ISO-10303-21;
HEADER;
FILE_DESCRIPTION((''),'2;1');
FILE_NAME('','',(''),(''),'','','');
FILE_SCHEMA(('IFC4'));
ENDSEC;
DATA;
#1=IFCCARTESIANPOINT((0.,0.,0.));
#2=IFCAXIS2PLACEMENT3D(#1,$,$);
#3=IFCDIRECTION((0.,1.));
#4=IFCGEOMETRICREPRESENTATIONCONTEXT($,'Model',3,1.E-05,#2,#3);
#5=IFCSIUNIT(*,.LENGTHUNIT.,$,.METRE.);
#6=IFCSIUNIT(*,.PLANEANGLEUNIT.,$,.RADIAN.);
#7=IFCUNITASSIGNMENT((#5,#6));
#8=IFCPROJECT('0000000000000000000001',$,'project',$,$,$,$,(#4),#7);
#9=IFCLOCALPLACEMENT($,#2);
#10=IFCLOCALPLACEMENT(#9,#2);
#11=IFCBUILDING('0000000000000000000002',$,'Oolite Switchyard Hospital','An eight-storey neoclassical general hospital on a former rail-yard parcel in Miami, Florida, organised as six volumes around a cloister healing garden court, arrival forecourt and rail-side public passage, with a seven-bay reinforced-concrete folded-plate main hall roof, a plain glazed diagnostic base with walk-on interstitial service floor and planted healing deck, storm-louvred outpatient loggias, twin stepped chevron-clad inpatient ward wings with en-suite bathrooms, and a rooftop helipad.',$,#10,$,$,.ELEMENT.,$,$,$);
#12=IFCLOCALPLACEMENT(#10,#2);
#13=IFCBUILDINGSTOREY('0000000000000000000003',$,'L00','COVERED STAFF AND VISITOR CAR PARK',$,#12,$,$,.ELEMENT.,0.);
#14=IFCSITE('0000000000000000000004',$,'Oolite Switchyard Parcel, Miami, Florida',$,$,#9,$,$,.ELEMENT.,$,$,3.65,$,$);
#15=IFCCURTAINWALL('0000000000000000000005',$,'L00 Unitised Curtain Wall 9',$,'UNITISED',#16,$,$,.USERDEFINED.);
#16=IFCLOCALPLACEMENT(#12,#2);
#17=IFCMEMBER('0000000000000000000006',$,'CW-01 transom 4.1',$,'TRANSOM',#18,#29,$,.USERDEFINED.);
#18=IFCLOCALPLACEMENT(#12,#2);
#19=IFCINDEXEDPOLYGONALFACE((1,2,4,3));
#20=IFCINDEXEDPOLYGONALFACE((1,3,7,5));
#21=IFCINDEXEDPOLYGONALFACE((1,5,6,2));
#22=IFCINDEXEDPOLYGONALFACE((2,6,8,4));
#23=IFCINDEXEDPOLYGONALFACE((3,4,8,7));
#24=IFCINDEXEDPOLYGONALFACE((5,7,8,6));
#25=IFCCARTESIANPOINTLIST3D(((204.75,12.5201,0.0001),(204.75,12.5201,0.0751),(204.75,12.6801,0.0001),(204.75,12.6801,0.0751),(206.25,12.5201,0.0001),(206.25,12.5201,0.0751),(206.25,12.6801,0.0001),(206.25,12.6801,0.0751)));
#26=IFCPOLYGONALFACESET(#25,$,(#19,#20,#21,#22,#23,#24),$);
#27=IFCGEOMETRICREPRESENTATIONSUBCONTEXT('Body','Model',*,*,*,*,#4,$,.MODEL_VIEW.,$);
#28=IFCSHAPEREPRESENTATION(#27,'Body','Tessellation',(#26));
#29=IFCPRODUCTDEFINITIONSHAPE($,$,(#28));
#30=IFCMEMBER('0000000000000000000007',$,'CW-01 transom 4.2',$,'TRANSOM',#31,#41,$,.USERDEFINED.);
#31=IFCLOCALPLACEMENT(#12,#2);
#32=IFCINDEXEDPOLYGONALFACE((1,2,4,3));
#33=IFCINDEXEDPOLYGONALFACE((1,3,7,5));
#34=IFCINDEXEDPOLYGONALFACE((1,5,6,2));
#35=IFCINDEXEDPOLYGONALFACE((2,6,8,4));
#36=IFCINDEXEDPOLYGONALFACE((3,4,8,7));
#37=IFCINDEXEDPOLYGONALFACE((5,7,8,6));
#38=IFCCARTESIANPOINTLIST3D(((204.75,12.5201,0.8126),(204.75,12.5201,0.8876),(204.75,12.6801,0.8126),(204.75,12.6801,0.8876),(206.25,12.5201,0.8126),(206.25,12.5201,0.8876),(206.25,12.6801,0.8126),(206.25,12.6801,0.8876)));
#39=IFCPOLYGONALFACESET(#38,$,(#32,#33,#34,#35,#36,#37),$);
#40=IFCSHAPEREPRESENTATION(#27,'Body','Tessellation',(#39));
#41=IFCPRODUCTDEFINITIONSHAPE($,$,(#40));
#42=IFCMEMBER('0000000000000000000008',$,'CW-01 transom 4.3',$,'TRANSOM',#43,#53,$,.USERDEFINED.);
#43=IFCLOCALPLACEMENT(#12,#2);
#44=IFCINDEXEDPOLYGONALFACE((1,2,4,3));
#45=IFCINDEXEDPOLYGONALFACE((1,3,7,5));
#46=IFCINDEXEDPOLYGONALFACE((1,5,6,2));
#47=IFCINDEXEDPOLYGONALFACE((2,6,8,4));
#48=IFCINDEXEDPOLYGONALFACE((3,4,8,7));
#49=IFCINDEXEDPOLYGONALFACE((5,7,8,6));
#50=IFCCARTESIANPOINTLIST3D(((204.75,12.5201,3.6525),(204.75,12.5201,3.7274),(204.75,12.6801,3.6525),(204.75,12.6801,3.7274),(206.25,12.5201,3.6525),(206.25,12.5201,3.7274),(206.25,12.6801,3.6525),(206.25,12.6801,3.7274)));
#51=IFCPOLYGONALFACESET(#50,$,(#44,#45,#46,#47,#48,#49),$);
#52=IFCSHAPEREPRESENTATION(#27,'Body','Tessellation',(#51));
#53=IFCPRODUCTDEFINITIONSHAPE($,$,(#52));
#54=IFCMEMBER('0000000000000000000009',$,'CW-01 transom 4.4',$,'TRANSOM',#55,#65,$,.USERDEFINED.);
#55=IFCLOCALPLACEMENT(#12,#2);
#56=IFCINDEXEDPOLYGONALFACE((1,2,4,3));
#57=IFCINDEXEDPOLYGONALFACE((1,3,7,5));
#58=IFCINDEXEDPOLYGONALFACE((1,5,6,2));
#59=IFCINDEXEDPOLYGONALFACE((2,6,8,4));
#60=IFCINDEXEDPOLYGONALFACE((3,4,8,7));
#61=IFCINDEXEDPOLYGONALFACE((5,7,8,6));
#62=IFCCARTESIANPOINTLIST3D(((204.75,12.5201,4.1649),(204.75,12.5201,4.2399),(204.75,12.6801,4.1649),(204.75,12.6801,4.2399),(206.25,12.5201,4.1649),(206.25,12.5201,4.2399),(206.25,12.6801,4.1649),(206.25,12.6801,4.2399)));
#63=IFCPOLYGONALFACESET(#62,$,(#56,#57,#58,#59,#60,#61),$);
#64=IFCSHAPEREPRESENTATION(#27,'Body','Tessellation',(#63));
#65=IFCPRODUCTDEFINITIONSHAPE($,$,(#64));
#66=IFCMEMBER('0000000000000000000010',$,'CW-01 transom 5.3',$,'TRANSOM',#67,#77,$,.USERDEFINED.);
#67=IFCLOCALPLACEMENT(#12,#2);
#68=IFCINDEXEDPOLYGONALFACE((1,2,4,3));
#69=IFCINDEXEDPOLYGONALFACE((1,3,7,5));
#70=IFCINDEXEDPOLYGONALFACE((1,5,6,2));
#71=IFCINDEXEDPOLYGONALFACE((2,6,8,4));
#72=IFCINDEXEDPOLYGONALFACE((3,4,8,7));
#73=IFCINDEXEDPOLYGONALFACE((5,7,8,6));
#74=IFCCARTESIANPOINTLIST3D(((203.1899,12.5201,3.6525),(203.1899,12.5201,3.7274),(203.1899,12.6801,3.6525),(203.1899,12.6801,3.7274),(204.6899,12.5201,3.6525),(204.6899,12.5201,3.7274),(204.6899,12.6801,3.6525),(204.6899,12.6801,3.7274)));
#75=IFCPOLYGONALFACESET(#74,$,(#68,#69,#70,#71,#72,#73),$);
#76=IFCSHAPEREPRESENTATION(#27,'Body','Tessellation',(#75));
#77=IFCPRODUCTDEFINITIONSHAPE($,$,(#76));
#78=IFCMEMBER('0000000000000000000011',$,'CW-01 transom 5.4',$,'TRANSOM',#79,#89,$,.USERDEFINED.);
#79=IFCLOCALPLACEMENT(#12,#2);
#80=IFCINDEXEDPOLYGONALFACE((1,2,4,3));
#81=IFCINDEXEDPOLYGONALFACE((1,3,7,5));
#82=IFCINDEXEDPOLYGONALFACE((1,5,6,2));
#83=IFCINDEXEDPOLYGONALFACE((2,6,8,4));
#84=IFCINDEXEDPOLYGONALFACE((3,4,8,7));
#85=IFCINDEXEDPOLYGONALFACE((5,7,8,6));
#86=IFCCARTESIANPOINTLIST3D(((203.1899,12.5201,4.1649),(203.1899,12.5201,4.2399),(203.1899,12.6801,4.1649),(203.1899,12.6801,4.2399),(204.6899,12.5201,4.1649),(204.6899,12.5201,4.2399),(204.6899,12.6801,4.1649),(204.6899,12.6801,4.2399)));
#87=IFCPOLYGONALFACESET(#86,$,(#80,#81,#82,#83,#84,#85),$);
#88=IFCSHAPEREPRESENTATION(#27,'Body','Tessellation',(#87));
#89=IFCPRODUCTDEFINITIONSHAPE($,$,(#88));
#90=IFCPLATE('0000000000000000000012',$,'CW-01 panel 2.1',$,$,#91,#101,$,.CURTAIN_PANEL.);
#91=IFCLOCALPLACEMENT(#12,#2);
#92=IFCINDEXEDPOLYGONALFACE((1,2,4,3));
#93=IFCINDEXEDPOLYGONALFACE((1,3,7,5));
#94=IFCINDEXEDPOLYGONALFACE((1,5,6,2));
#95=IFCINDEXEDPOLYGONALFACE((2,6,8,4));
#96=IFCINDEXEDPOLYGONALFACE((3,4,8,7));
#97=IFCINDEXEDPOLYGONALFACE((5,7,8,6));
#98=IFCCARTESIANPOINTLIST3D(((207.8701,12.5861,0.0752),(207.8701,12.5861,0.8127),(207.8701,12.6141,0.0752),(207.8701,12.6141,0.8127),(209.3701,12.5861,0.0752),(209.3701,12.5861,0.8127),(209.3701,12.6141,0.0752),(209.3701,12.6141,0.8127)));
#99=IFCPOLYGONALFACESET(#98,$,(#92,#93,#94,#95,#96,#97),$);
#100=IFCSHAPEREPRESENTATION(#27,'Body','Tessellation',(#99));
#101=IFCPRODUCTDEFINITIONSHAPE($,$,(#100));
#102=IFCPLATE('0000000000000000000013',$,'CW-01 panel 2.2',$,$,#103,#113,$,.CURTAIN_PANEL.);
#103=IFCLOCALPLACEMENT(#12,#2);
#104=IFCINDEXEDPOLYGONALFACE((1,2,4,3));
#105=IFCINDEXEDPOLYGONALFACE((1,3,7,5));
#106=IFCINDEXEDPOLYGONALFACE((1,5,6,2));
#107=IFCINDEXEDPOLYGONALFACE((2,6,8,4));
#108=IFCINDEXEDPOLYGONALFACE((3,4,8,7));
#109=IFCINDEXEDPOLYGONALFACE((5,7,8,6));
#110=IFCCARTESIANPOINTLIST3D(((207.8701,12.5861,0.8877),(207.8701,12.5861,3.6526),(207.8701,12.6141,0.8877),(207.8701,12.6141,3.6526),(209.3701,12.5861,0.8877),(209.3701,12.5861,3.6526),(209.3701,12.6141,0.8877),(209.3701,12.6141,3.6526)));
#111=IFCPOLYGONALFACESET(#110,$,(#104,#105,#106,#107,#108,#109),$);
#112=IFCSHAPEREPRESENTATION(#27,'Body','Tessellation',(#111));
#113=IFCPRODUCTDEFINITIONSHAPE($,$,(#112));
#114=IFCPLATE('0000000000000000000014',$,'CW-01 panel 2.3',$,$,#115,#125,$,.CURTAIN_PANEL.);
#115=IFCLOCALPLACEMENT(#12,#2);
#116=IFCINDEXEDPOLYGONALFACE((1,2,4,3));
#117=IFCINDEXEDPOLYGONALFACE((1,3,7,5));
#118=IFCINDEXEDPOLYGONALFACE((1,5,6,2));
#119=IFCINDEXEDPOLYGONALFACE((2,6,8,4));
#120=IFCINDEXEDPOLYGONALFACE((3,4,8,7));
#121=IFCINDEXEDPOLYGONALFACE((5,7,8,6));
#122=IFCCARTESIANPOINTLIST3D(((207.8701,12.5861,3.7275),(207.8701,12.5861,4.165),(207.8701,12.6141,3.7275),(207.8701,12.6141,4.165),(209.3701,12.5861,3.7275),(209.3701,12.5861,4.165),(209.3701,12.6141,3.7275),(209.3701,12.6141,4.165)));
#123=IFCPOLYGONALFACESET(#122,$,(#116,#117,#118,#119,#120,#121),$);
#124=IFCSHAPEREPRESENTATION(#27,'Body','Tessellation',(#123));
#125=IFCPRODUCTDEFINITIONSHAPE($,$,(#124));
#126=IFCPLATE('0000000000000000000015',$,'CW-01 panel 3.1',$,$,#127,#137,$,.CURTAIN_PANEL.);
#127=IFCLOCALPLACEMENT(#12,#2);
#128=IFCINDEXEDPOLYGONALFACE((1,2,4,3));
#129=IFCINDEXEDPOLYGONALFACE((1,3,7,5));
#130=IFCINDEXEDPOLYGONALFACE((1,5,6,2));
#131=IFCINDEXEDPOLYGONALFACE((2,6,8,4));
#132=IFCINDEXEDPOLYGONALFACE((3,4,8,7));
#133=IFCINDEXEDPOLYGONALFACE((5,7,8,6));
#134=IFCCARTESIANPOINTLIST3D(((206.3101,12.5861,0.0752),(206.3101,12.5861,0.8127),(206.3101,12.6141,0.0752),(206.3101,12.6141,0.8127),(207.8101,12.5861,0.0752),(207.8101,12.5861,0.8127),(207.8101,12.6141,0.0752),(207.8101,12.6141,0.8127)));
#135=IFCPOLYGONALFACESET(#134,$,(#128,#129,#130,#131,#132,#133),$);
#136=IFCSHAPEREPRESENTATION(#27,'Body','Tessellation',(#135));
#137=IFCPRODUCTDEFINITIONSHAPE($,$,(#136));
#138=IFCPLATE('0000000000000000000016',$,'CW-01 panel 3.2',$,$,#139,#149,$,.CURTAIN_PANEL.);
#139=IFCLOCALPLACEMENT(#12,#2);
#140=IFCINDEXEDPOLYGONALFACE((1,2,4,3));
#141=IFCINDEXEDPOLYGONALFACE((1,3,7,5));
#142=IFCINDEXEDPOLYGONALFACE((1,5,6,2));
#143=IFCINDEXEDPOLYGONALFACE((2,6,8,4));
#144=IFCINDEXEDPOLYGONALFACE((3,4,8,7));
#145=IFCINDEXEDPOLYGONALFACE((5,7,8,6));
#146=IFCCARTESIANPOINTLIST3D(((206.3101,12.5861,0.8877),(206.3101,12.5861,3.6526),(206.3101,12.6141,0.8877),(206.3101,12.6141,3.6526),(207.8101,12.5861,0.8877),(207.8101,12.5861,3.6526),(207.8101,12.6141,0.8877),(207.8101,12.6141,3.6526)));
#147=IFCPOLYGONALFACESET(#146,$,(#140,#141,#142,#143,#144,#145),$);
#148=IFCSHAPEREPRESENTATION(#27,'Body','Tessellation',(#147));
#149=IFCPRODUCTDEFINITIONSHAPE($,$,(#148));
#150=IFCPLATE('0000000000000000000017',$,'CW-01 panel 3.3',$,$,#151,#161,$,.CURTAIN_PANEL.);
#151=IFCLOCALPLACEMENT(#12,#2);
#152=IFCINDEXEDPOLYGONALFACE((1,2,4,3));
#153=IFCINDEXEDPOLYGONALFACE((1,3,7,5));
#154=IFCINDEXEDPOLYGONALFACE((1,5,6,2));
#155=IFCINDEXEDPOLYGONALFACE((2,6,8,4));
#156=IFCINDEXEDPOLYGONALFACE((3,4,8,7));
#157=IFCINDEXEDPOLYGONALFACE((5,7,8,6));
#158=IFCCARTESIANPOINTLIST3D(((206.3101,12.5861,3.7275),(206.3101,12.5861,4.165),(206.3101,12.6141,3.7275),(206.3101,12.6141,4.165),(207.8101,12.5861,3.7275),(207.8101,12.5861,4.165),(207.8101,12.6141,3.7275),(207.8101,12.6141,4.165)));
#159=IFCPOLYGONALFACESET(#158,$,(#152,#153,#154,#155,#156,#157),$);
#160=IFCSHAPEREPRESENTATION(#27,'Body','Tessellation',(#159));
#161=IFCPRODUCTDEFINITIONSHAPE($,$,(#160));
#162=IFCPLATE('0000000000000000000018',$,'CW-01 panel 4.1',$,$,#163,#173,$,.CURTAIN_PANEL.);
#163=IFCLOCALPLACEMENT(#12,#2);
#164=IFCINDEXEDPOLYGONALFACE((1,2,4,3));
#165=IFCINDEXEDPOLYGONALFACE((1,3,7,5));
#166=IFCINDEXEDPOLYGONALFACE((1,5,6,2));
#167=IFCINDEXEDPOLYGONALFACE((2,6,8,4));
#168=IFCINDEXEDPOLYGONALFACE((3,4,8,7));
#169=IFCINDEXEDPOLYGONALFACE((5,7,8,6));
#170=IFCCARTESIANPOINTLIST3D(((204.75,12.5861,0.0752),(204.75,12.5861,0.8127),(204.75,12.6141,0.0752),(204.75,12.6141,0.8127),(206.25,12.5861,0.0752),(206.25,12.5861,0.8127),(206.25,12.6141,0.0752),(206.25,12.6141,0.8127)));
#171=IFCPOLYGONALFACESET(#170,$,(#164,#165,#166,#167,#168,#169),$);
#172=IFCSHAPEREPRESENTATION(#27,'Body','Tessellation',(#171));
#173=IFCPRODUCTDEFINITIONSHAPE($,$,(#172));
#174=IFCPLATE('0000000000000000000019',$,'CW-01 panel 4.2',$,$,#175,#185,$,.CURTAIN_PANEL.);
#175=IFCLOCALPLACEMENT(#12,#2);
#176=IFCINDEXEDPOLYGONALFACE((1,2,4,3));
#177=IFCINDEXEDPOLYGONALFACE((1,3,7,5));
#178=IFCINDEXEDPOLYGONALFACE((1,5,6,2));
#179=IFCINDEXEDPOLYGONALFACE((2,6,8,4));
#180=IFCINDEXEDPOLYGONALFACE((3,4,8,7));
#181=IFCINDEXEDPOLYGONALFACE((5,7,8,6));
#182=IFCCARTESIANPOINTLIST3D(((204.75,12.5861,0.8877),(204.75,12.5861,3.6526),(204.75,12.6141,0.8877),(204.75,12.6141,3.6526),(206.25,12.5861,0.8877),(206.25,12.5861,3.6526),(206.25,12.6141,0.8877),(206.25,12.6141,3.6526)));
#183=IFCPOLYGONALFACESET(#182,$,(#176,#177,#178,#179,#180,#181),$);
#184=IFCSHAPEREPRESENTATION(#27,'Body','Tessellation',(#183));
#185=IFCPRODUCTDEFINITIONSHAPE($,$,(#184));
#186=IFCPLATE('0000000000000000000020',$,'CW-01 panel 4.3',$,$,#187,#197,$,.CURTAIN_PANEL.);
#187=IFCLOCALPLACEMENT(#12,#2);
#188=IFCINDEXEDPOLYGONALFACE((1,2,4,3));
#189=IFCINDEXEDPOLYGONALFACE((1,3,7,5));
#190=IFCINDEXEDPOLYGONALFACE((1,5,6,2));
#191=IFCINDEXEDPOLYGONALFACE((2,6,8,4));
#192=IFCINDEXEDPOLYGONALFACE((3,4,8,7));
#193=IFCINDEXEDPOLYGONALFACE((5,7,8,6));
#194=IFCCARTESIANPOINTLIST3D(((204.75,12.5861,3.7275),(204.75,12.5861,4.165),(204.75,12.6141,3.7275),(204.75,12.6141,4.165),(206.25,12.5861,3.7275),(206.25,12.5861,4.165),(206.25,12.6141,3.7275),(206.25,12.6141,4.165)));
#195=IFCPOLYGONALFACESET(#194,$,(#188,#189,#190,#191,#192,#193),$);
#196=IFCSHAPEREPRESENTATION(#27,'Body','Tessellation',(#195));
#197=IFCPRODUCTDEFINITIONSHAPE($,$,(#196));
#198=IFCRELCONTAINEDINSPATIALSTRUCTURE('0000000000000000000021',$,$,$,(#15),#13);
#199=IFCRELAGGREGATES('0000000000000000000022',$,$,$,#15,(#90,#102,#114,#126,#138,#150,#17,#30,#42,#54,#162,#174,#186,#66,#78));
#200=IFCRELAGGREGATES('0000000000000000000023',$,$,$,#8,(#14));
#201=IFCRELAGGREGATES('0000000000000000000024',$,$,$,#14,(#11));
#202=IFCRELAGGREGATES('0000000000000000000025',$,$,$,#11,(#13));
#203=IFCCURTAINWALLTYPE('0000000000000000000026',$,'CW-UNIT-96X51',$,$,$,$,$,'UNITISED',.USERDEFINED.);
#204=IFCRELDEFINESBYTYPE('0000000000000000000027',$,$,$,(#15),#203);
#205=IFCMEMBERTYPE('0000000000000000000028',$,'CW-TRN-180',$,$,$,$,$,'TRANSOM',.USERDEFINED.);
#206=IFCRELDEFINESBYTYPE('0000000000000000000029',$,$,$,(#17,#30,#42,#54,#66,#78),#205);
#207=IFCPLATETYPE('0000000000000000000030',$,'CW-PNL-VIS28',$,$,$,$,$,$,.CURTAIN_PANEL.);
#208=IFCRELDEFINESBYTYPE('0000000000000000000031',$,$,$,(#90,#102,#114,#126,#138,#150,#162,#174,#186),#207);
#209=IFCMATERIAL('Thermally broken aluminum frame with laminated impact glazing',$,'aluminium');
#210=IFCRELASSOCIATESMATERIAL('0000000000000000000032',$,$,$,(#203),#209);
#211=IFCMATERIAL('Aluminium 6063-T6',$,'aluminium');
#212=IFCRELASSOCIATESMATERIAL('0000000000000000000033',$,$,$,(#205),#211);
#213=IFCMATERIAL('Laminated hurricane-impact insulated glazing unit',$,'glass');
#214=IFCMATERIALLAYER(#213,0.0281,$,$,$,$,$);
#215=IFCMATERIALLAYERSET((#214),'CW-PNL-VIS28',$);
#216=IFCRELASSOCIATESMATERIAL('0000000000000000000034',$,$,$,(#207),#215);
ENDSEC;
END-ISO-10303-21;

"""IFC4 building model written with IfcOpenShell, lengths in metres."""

from ifc_helpers import new_model, si_unit, direction, frame, origin, origin_2d, place, context, subcontext, project, spatial, rectangle, extrude, material, layer, layer_set, material_profile, profile_set, type_object, element, aggregate, save


model = new_model("IFC4")

# Units and contexts
model_context = context("Model", 3, precision=1e-05, world=origin(), true_north=direction((0.0, 1.0)))
body_context = subcontext(model_context, "Body", "Model", "MODEL_VIEW")
ifc_project = project(units=[si_unit("LENGTHUNIT", "METRE"), si_unit("PLANEANGLEUNIT", "RADIAN")], contexts=[model_context])

# Site, building, storey
site_placement = place(None, origin())
site = spatial("IfcSite", under=ifc_project, at=site_placement, Name="Oolite Switchyard Parcel, Miami, Florida", CompositionType="ELEMENT", RefElevation=3.65)
building_placement = place(site_placement, origin())
building = spatial("IfcBuilding", under=site, at=building_placement, Name="Oolite Switchyard Hospital", Description="An eight-storey neoclassical general hospital on a former rail-yard parcel in Miami, Florida, organised as six volumes around a cloister healing garden court, arrival forecourt and rail-side public passage, with a seven-bay reinforced-concrete folded-plate main hall roof, a plain glazed diagnostic base with walk-on interstitial service floor and planted healing deck, storm-louvred outpatient loggias, twin stepped chevron-clad inpatient ward wings with en-suite bathrooms, and a rooftop helipad.", CompositionType="ELEMENT")
storey_placement = place(building_placement, origin())
storey = spatial("IfcBuildingStorey", under=building, at=storey_placement, Name="L00", Description="COVERED STAFF AND VISITOR CAR PARK", CompositionType="ELEMENT", Elevation=0.0)

# Curtain wall, members, plates
ifc_material_1 = material(Name="Thermally broken aluminum frame with laminated impact glazing", Category="aluminium")
curtain_wall_type = type_object("IfcCurtainWallType", Name="CW-UNIT-96X51", ElementType="UNITISED", PredefinedType="USERDEFINED", material=ifc_material_1)
curtain_wall_placement = place(storey_placement, origin())
curtain_wall = element("IfcCurtainWall", 1, at=curtain_wall_placement, inside=storey, type_object=curtain_wall_type, Name="L00 Unitised Curtain Wall 9", ObjectType="UNITISED", PredefinedType="USERDEFINED")
ifc_material_2 = material(Name="Aluminium 6063-T6", Category="aluminium")
ifc_material_profile_1 = material_profile(ifc_material_2, rectangle(XDim=0.1599, YDim=0.075, at=origin_2d()), Name="CWT75X160")
ifc_profile_set_1 = profile_set([ifc_material_profile_1], Name="Aluminium 6063-T6")
member_type_1 = type_object("IfcMemberType", Name="CW-TRN-180", ElementType="TRANSOM", PredefinedType="USERDEFINED", material=ifc_profile_set_1)
member_1_placement = place(storey_placement, frame((206.25, 12.6001, 0.0376), z_axis=(-1.0, 0.0, 0.0), x_axis=(0.0, -1.0, 0.0)))
member_1 = element("IfcMember", 2, at=member_1_placement, type_object=member_type_1, Name="CW-01 transom 4.1", ObjectType="TRANSOM", PredefinedType="USERDEFINED", context=body_context, shape_type="SweptSolid", body=[
    extrude(rectangle(XDim=0.1599, YDim=0.075, at=origin_2d()), origin(), (0.0, 0.0, 1.0), 1.5),
])
member_2_placement = place(storey_placement, frame((206.25, 12.6001, 0.8501), z_axis=(-1.0, 0.0, 0.0), x_axis=(0.0, -1.0, 0.0)))
member_2 = element("IfcMember", 3, at=member_2_placement, type_object=member_type_1, Name="CW-01 transom 4.2", ObjectType="TRANSOM", PredefinedType="USERDEFINED", context=body_context, shape_type="SweptSolid", body=[
    extrude(rectangle(XDim=0.1599, YDim=0.075, at=origin_2d()), origin(), (0.0, 0.0, 1.0), 1.5),
])
member_3_placement = place(storey_placement, frame((206.25, 12.6001, 3.6899), z_axis=(-1.0, 0.0, 0.0), x_axis=(0.0, -1.0, 0.0)))
member_3 = element("IfcMember", 4, at=member_3_placement, type_object=member_type_1, Name="CW-01 transom 4.3", ObjectType="TRANSOM", PredefinedType="USERDEFINED", context=body_context, shape_type="SweptSolid", body=[
    extrude(rectangle(XDim=0.1599, YDim=0.075, at=origin_2d()), origin(), (0.0, 0.0, 1.0), 1.5),
])
member_4_placement = place(storey_placement, frame((206.25, 12.6001, 4.2024), z_axis=(-1.0, 0.0, 0.0), x_axis=(0.0, -1.0, 0.0)))
member_4 = element("IfcMember", 5, at=member_4_placement, type_object=member_type_1, Name="CW-01 transom 4.4", ObjectType="TRANSOM", PredefinedType="USERDEFINED", context=body_context, shape_type="SweptSolid", body=[
    extrude(rectangle(XDim=0.1599, YDim=0.075, at=origin_2d()), origin(), (0.0, 0.0, 1.0), 1.5),
])
member_5_placement = place(storey_placement, frame((204.6899, 12.6001, 3.6899), z_axis=(-1.0, 0.0, 0.0), x_axis=(0.0, -1.0, 0.0)))
member_5 = element("IfcMember", 6, at=member_5_placement, type_object=member_type_1, Name="CW-01 transom 5.3", ObjectType="TRANSOM", PredefinedType="USERDEFINED", context=body_context, shape_type="SweptSolid", body=[
    extrude(rectangle(XDim=0.1599, YDim=0.075, at=origin_2d()), origin(), (0.0, 0.0, 1.0), 1.5),
])
member_6_placement = place(storey_placement, frame((204.6899, 12.6001, 4.2024), z_axis=(-1.0, 0.0, 0.0), x_axis=(0.0, -1.0, 0.0)))
member_6 = element("IfcMember", 7, at=member_6_placement, type_object=member_type_1, Name="CW-01 transom 5.4", ObjectType="TRANSOM", PredefinedType="USERDEFINED", context=body_context, shape_type="SweptSolid", body=[
    extrude(rectangle(XDim=0.1599, YDim=0.075, at=origin_2d()), origin(), (0.0, 0.0, 1.0), 1.5),
])
ifc_material_3 = material(Name="Laminated hurricane-impact insulated glazing unit", Category="glass")
ifc_layer = layer(ifc_material_3, 0.0281)
ifc_layer_set = layer_set([ifc_layer], Name="CW-PNL-VIS28")
plate_type = type_object("IfcPlateType", Name="CW-PNL-VIS28", PredefinedType="CURTAIN_PANEL", material=ifc_layer_set)
plate_1_placement = place(storey_placement, frame((208.6201, 12.6001, 0.0752), z_axis=(0.0, 0.0, 1.0), x_axis=(-1.0, 0.0, 0.0)))
plate_1 = element("IfcPlate", 8, at=plate_1_placement, type_object=plate_type, Name="CW-01 panel 2.1", PredefinedType="CURTAIN_PANEL", context=body_context, shape_type="SweptSolid", body=[
    extrude(rectangle(XDim=1.5, YDim=0.0281, at=origin_2d()), origin(), (0.0, 0.0, 1.0), 0.7375),
])
plate_2_placement = place(storey_placement, frame((208.6201, 12.6001, 0.8877), z_axis=(0.0, 0.0, 1.0), x_axis=(-1.0, 0.0, 0.0)))
plate_2 = element("IfcPlate", 9, at=plate_2_placement, type_object=plate_type, Name="CW-01 panel 2.2", PredefinedType="CURTAIN_PANEL", context=body_context, shape_type="SweptSolid", body=[
    extrude(rectangle(XDim=1.5, YDim=0.0281, at=origin_2d()), origin(), (0.0, 0.0, 1.0), 2.7649),
])
plate_3_placement = place(storey_placement, frame((208.6201, 12.6001, 3.7275), z_axis=(0.0, 0.0, 1.0), x_axis=(-1.0, 0.0, 0.0)))
plate_3 = element("IfcPlate", 10, at=plate_3_placement, type_object=plate_type, Name="CW-01 panel 2.3", PredefinedType="CURTAIN_PANEL", context=body_context, shape_type="SweptSolid", body=[
    extrude(rectangle(XDim=1.5, YDim=0.0281, at=origin_2d()), origin(), (0.0, 0.0, 1.0), 0.4375),
])
plate_4_placement = place(storey_placement, frame((207.0601, 12.6001, 0.0752), z_axis=(0.0, 0.0, 1.0), x_axis=(-1.0, 0.0, 0.0)))
plate_4 = element("IfcPlate", 11, at=plate_4_placement, type_object=plate_type, Name="CW-01 panel 3.1", PredefinedType="CURTAIN_PANEL", context=body_context, shape_type="SweptSolid", body=[
    extrude(rectangle(XDim=1.5, YDim=0.0281, at=origin_2d()), origin(), (0.0, 0.0, 1.0), 0.7375),
])
plate_5_placement = place(storey_placement, frame((207.0601, 12.6001, 0.8877), z_axis=(0.0, 0.0, 1.0), x_axis=(-1.0, 0.0, 0.0)))
plate_5 = element("IfcPlate", 12, at=plate_5_placement, type_object=plate_type, Name="CW-01 panel 3.2", PredefinedType="CURTAIN_PANEL", context=body_context, shape_type="SweptSolid", body=[
    extrude(rectangle(XDim=1.5, YDim=0.0281, at=origin_2d()), origin(), (0.0, 0.0, 1.0), 2.7649),
])
plate_6_placement = place(storey_placement, frame((207.0601, 12.6001, 3.7275), z_axis=(0.0, 0.0, 1.0), x_axis=(-1.0, 0.0, 0.0)))
plate_6 = element("IfcPlate", 13, at=plate_6_placement, type_object=plate_type, Name="CW-01 panel 3.3", PredefinedType="CURTAIN_PANEL", context=body_context, shape_type="SweptSolid", body=[
    extrude(rectangle(XDim=1.5, YDim=0.0281, at=origin_2d()), origin(), (0.0, 0.0, 1.0), 0.4375),
])
plate_7_placement = place(storey_placement, frame((205.5, 12.6001, 0.0752), z_axis=(0.0, 0.0, 1.0), x_axis=(-1.0, 0.0, 0.0)))
plate_7 = element("IfcPlate", 14, at=plate_7_placement, type_object=plate_type, Name="CW-01 panel 4.1", PredefinedType="CURTAIN_PANEL", context=body_context, shape_type="SweptSolid", body=[
    extrude(rectangle(XDim=1.5, YDim=0.0281, at=origin_2d()), origin(), (0.0, 0.0, 1.0), 0.7375),
])
plate_8_placement = place(storey_placement, frame((205.5, 12.6001, 0.8877), z_axis=(0.0, 0.0, 1.0), x_axis=(-1.0, 0.0, 0.0)))
plate_8 = element("IfcPlate", 15, at=plate_8_placement, type_object=plate_type, Name="CW-01 panel 4.2", PredefinedType="CURTAIN_PANEL", context=body_context, shape_type="SweptSolid", body=[
    extrude(rectangle(XDim=1.5, YDim=0.0281, at=origin_2d()), origin(), (0.0, 0.0, 1.0), 2.7649),
])
plate_9_placement = place(storey_placement, frame((205.5, 12.6001, 3.7275), z_axis=(0.0, 0.0, 1.0), x_axis=(-1.0, 0.0, 0.0)))
plate_9 = element("IfcPlate", 16, at=plate_9_placement, type_object=plate_type, Name="CW-01 panel 4.3", PredefinedType="CURTAIN_PANEL", context=body_context, shape_type="SweptSolid", body=[
    extrude(rectangle(XDim=1.5, YDim=0.0281, at=origin_2d()), origin(), (0.0, 0.0, 1.0), 0.4375),
])
aggregate(curtain_wall, [plate_1, plate_2, plate_3, plate_4, plate_5, plate_6, member_1, member_2, member_3, member_4, plate_7, plate_8, plate_9, member_5, member_6])

save(model, "model.ifc")
